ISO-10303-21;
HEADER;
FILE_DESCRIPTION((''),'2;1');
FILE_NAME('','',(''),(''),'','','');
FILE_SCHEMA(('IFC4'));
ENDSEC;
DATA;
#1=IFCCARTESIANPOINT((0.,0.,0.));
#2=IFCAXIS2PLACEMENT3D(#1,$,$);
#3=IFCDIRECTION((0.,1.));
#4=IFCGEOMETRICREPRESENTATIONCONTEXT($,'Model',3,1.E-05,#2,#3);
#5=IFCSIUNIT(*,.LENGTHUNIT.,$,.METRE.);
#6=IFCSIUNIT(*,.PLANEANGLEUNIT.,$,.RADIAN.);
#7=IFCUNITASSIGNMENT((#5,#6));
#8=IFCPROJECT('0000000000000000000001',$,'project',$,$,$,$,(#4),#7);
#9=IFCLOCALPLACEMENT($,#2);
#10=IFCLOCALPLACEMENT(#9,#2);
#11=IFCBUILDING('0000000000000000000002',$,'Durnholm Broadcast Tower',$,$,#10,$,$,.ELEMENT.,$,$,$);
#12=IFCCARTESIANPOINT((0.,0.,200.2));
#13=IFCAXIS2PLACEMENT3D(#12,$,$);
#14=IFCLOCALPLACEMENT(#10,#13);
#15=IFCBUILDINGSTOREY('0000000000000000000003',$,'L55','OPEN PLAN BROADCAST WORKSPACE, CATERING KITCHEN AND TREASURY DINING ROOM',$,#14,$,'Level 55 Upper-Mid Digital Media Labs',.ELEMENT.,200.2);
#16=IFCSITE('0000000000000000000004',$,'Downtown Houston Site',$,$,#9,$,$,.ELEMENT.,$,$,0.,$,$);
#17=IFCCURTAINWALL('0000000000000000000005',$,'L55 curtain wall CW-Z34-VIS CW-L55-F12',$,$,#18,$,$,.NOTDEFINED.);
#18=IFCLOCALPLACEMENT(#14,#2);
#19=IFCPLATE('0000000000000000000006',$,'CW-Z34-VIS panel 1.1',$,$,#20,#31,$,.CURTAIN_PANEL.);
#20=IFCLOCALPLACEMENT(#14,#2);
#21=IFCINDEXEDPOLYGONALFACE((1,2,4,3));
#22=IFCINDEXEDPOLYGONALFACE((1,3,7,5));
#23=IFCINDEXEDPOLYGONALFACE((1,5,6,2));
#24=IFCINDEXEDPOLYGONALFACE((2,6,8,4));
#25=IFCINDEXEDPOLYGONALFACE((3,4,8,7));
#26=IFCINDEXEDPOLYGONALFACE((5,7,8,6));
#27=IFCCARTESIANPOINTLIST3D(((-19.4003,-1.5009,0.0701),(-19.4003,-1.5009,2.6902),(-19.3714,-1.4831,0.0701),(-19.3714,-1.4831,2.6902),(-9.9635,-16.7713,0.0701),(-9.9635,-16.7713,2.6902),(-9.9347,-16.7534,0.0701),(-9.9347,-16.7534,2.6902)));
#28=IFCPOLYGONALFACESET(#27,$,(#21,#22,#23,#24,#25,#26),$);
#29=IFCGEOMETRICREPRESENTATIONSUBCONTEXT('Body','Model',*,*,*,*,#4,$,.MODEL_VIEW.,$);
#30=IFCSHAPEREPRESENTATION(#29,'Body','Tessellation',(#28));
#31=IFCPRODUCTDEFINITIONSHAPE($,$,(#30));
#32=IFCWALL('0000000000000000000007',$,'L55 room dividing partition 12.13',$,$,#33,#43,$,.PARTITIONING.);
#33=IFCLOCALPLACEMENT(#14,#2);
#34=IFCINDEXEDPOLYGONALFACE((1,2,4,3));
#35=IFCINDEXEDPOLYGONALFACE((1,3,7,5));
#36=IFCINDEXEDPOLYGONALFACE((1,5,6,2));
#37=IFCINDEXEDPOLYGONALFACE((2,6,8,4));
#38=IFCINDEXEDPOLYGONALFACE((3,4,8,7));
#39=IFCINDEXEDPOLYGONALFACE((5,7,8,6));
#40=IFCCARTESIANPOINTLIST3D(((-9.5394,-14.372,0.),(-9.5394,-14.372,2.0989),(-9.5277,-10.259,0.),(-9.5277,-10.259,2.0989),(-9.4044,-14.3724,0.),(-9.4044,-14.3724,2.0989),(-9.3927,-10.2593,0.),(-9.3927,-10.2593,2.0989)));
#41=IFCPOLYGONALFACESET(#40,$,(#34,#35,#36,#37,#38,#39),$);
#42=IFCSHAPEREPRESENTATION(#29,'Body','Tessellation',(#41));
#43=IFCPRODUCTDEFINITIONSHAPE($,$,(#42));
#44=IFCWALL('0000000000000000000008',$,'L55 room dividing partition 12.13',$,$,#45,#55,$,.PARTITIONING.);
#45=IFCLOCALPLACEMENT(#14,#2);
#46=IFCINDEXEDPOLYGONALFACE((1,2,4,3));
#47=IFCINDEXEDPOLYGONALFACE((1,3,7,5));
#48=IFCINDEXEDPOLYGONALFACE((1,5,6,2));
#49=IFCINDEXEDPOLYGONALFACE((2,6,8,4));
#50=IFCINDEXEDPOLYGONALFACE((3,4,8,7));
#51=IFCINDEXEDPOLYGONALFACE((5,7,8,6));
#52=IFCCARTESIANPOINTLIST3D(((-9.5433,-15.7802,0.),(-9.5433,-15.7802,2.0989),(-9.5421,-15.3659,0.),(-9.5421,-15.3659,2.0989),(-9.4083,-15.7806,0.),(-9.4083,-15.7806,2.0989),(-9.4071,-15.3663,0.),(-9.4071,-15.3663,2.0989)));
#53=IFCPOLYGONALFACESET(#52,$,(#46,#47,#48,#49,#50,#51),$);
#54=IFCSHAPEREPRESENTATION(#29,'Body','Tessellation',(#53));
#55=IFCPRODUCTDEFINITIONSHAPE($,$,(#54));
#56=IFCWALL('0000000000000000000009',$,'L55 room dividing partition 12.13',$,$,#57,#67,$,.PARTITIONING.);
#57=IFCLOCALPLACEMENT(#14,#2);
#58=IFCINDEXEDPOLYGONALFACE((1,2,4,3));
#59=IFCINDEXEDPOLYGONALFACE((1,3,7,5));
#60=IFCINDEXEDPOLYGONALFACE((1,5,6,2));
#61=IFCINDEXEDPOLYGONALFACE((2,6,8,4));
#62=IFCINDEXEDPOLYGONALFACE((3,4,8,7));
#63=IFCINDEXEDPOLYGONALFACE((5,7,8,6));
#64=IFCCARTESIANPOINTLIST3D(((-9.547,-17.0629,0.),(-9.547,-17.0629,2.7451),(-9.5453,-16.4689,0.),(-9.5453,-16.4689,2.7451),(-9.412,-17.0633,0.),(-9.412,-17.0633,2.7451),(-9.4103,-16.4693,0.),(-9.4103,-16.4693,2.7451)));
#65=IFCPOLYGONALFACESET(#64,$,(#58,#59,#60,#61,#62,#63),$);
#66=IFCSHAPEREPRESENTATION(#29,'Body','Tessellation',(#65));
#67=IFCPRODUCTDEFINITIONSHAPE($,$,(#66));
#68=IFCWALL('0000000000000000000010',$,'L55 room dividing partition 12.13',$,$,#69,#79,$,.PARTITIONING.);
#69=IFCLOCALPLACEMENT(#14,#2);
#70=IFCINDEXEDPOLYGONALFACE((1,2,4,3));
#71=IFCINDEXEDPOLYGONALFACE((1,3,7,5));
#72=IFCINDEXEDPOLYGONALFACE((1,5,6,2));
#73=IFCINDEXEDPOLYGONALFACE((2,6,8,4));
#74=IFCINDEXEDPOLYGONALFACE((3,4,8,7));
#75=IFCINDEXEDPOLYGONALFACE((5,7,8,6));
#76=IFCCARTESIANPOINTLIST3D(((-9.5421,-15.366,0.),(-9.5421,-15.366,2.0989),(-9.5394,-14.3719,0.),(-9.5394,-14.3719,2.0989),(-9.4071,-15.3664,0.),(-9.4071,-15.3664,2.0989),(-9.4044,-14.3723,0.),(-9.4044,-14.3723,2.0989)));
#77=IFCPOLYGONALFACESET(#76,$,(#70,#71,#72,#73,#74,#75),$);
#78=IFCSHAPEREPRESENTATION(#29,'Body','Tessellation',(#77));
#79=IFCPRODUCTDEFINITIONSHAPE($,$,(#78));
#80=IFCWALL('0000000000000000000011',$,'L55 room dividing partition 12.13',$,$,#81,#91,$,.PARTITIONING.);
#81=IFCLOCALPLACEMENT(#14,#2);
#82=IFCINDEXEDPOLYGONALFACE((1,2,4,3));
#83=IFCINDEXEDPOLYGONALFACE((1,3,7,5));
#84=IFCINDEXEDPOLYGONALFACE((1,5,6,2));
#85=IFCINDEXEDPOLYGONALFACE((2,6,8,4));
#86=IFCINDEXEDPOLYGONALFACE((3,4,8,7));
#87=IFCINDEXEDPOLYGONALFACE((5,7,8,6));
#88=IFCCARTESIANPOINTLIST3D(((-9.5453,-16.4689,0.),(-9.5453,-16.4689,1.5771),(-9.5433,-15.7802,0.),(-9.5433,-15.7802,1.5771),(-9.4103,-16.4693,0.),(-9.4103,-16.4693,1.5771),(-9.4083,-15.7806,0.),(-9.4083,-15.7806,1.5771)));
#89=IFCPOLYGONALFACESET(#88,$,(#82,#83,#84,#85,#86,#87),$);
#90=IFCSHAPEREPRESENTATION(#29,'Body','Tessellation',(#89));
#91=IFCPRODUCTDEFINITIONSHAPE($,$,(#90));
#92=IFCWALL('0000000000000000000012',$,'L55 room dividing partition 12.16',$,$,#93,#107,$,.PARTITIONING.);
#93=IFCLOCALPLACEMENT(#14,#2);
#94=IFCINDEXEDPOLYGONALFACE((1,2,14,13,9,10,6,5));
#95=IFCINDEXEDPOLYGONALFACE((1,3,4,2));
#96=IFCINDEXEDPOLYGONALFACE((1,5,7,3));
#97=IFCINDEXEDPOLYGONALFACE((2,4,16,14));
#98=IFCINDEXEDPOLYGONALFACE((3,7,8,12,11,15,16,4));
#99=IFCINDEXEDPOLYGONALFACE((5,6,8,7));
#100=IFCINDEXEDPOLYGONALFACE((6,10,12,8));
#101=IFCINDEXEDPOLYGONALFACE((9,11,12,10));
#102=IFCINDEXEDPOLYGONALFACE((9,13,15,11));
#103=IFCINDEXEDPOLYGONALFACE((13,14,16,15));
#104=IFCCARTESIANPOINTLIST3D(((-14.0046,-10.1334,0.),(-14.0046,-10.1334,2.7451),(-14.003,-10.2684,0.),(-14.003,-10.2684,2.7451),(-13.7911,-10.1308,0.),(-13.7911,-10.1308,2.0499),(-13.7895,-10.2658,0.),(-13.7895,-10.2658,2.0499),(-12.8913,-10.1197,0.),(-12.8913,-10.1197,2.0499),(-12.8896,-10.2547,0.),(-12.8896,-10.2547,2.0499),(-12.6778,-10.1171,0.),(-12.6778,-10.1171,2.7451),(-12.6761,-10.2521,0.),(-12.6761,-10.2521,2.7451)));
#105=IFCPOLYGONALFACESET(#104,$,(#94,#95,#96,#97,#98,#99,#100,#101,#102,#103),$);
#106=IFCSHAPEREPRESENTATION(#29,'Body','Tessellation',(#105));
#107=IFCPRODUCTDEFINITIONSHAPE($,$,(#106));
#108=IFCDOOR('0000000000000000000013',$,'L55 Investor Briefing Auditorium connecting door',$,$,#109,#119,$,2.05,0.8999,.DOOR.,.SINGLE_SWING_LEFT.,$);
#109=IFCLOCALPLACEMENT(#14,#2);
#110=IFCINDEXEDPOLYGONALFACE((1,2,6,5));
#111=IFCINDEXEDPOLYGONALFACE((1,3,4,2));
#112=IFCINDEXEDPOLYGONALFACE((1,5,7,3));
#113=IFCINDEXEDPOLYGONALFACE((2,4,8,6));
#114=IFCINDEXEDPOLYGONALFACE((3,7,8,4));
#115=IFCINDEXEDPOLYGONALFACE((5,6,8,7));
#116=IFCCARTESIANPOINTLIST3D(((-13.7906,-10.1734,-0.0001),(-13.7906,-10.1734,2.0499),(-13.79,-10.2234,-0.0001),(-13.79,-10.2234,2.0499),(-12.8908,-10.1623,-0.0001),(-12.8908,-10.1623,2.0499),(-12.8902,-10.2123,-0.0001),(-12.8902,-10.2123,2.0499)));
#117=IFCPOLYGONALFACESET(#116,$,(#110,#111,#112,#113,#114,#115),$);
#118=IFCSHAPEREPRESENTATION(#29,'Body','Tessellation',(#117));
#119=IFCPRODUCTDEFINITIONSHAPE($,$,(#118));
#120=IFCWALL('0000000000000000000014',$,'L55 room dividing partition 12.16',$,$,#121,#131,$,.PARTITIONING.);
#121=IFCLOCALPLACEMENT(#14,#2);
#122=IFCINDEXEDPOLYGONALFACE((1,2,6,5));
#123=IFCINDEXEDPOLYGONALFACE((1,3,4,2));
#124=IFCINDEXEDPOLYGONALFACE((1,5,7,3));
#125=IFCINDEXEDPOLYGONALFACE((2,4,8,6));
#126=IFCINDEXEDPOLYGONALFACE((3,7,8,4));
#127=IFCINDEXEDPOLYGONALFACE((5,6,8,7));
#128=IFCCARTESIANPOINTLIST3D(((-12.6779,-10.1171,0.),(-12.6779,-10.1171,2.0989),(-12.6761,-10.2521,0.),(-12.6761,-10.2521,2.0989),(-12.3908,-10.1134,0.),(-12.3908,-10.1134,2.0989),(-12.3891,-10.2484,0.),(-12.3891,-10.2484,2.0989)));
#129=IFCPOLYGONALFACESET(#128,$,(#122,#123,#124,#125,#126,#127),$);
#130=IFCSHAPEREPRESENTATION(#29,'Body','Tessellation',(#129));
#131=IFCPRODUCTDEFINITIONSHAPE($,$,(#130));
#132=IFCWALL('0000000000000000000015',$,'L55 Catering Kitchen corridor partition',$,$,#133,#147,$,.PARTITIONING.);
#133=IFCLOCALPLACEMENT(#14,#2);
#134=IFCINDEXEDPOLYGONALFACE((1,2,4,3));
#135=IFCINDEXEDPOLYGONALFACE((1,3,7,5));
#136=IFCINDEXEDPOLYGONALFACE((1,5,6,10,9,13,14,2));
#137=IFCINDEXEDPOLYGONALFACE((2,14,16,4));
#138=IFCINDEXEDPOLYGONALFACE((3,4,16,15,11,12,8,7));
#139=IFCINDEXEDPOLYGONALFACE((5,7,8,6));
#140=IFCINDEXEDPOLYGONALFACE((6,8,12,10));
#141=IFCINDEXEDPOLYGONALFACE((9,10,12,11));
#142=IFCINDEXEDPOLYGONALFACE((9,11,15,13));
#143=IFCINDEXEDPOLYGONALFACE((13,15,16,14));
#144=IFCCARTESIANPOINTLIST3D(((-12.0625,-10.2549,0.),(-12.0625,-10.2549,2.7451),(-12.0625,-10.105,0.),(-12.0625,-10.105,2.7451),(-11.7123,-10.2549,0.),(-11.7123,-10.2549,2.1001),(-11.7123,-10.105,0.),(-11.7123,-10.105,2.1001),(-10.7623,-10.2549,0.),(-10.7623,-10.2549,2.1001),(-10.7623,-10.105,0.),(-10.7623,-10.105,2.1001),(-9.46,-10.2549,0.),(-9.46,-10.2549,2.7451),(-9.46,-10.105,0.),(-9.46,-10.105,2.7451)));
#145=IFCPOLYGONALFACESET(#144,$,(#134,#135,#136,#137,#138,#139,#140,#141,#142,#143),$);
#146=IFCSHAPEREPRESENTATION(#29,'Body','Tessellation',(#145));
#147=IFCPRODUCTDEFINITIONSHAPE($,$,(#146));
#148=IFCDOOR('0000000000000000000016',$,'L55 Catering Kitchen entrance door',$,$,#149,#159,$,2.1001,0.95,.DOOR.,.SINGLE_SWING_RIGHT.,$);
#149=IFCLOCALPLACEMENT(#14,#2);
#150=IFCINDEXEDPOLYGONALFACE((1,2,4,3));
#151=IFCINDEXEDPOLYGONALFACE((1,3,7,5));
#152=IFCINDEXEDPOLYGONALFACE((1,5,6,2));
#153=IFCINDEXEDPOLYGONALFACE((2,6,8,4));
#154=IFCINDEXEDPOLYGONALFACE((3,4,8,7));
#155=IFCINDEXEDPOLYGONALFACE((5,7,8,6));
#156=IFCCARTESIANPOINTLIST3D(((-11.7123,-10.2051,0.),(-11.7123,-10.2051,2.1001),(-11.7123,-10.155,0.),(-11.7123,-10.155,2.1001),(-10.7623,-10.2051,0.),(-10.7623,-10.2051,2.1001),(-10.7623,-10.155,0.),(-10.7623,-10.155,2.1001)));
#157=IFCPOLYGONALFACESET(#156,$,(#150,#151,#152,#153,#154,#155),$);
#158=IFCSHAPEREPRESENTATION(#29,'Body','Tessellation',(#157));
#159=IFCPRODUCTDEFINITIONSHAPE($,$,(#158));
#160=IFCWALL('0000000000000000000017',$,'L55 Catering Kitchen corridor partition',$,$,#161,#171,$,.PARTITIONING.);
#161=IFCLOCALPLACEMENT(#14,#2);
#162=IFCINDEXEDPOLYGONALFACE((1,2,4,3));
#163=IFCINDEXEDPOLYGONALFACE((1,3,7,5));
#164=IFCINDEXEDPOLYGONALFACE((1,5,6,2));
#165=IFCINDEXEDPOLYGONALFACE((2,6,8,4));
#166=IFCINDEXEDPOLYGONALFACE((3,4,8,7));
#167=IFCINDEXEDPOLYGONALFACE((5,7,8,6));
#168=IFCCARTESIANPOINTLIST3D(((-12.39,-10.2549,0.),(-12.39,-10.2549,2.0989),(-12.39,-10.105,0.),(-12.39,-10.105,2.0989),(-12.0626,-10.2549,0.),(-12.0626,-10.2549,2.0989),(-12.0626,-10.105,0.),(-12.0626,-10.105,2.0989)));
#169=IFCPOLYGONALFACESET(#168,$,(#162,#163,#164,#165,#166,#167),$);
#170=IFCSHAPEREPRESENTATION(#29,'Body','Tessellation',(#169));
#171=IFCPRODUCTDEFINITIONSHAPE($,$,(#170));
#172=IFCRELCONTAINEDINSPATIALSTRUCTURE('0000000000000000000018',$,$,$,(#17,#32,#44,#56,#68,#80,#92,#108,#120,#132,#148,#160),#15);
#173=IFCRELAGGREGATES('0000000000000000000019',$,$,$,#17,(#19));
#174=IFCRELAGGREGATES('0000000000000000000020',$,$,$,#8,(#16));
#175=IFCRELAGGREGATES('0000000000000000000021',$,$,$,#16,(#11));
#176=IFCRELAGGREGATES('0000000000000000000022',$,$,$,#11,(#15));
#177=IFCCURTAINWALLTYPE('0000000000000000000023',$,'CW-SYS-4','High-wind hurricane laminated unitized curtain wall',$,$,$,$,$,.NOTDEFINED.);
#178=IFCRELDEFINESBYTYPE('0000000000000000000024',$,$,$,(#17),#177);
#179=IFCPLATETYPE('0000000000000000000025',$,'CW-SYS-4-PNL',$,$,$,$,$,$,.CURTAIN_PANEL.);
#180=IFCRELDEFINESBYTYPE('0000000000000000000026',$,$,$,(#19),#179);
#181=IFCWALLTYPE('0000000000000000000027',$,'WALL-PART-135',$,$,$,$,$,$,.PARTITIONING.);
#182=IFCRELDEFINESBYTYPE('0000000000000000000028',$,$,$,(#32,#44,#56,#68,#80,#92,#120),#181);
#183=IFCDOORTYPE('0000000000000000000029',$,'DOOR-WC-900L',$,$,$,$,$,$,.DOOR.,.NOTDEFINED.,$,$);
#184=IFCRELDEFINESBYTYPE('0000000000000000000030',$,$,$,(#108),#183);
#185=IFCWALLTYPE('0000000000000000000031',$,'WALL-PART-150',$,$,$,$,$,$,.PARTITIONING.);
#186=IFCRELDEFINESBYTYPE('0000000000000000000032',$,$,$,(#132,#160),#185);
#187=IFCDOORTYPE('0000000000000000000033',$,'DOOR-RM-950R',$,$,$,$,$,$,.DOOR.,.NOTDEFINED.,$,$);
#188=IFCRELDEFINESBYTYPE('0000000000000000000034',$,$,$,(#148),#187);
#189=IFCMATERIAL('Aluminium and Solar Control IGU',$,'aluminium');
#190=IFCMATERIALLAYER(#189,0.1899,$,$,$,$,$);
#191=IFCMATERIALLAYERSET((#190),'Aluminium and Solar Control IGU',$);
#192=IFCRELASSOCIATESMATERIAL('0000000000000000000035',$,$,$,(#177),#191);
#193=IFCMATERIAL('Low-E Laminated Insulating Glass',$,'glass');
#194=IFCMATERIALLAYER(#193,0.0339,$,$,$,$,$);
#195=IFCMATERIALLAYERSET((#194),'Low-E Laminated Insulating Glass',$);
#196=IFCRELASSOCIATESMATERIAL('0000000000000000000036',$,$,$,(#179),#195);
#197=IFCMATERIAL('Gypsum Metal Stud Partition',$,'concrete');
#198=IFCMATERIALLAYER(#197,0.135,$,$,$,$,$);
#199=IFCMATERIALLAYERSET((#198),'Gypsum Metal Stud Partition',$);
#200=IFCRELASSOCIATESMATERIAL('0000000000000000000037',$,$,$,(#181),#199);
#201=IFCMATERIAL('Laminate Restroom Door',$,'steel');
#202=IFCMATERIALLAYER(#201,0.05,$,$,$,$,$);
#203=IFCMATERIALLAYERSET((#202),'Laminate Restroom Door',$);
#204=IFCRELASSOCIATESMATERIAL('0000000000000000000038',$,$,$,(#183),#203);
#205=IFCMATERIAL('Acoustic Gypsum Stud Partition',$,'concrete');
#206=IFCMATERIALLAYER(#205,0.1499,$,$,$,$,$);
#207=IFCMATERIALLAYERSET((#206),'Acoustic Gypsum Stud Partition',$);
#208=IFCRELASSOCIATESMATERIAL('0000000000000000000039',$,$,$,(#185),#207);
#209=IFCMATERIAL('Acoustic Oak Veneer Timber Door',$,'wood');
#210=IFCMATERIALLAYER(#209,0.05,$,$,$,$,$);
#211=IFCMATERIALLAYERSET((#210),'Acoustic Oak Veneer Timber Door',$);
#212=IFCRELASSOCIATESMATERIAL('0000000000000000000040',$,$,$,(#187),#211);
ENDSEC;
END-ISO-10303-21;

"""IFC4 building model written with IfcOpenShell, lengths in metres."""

from ifc_helpers import new_model, si_unit, direction, frame, frame_2d, origin, origin_2d, place, context, subcontext, project, spatial, rectangle, extrude, source, transform, mapped, material, layer, layer_set, type_object, type_shapes, element, fill, aggregate, save


model = new_model("IFC4")

# Units and contexts
model_context = context("Model", 3, precision=1e-05, world=origin(), true_north=direction((0.0, 1.0)))
body_context = subcontext(model_context, "Body", "Model", "MODEL_VIEW")
ifc_project = project(units=[si_unit("LENGTHUNIT", "METRE"), si_unit("PLANEANGLEUNIT", "RADIAN")], contexts=[model_context])

# Site, building, storey
site_placement = place(None, origin())
site = spatial("IfcSite", under=ifc_project, at=site_placement, Name="Downtown Houston Site", CompositionType="ELEMENT", RefElevation=0.0)
building_placement = place(site_placement, origin())
building = spatial("IfcBuilding", under=site, at=building_placement, Name="Durnholm Broadcast Tower", CompositionType="ELEMENT")
storey_placement = place(building_placement, frame((0.0, 0.0, 200.2)))
storey = spatial("IfcBuildingStorey", under=building, at=storey_placement, Name="L55", Description="OPEN PLAN BROADCAST WORKSPACE, CATERING KITCHEN AND TREASURY DINING ROOM", LongName="Level 55 Upper-Mid Digital Media Labs", CompositionType="ELEMENT", Elevation=200.2)

# Shared definitions
ifc_material_1 = material(Name="Aluminium and Solar Control IGU", Category="aluminium")

# Curtain wall
ifc_layer_1 = layer(ifc_material_1, 0.1899)
ifc_layer_set_1 = layer_set([ifc_layer_1], Name="Aluminium and Solar Control IGU")
curtain_wall_type_1 = type_object("IfcCurtainWallType", Name="CW-SYS-4", Description="High-wind hurricane laminated unitized curtain wall", PredefinedType="NOTDEFINED", material=ifc_layer_set_1)
curtain_wall_1_placement = place(storey_placement, origin())
curtain_wall_1 = element("IfcCurtainWall", 1, at=curtain_wall_1_placement, inside=storey, type_object=curtain_wall_type_1, Name="L55 curtain wall CW-Z34-VIS CW-L55-F12", PredefinedType="NOTDEFINED")

# Plate
ifc_material_2 = material(Name="Low-E Laminated Insulating Glass", Category="glass")
ifc_layer_2 = layer(ifc_material_2, 0.0339)
ifc_layer_set_2 = layer_set([ifc_layer_2], Name="Low-E Laminated Insulating Glass")
plate_type_1 = type_object("IfcPlateType", Name="CW-SYS-4-PNL", PredefinedType="CURTAIN_PANEL", material=ifc_layer_set_2)
shared_shape_1 = source(origin(), body_context, "Body", "SweptSolid", [
    extrude(rectangle(XDim=17.9509, YDim=0.0339, at=origin_2d()), origin(), (0.0, 0.0, 1.0), 2.6201),
])
type_shapes(plate_type_1, [shared_shape_1])
plate_1_placement = place(storey_placement, frame((-14.6675, -9.1272, 0.0701), z_axis=(0.0, 0.0, 1.0), x_axis=(-0.525698, 0.850671, 0.0)))
plate_1 = element("IfcPlate", 2, at=plate_1_placement, type_object=plate_type_1, Name="CW-Z34-VIS panel 1.1", PredefinedType="CURTAIN_PANEL", context=body_context, shape_type="MappedRepresentation", body=[
    mapped(shared_shape_1, transform((0.0, 0.0, 0.0), x_axis=(1.0, 0.0, 0.0), y_axis=(0.0, 1.0, 0.0), z_axis=(0.0, 0.0, 1.0), scale=1.0)),
])
aggregate(curtain_wall_1, [plate_1])

# Walls
ifc_material_3 = material(Name="Gypsum Metal Stud Partition", Category="concrete")
ifc_layer_3 = layer(ifc_material_3, 0.135)
ifc_layer_set_3 = layer_set([ifc_layer_3], Name="Gypsum Metal Stud Partition")
wall_type_1 = type_object("IfcWallType", Name="WALL-PART-135", PredefinedType="PARTITIONING", material=ifc_layer_set_3)
wall_1_placement = place(storey_placement, frame((-9.4602, -10.259, 0.0), z_axis=(0.0, 0.0, 1.0), x_axis=(-0.002849, -0.999996, 0.0)))
element("IfcWall", 3, at=wall_1_placement, inside=storey, type_object=wall_type_1, Name="L55 room dividing partition 12.13", PredefinedType="PARTITIONING", context=body_context, shape_type="SweptSolid", body=[
    extrude(rectangle(XDim=4.113, YDim=0.135, at=frame_2d((2.0566, 0.0))), origin(), (0.0, 0.0, 1.0), 2.0989),
])
wall_2_placement = place(storey_placement, frame((-9.4746, -15.3662, 0.0), z_axis=(0.0, 0.0, 1.0), x_axis=(-0.002946, -0.999996, 0.0)))
element("IfcWall", 4, at=wall_2_placement, inside=storey, type_object=wall_type_1, Name="L55 room dividing partition 12.13", PredefinedType="PARTITIONING", context=body_context, shape_type="SweptSolid", body=[
    extrude(rectangle(XDim=0.4143, YDim=0.135, at=frame_2d((0.207, 0.0))), origin(), (0.0, 0.0, 1.0), 2.0989),
])
wall_3_placement = place(storey_placement, frame((-9.4778, -16.4692, 0.0), z_axis=(0.0, 0.0, 1.0), x_axis=(-0.002877, -0.999996, 0.0)))
element("IfcWall", 5, at=wall_3_placement, inside=storey, type_object=wall_type_1, Name="L55 room dividing partition 12.13", PredefinedType="PARTITIONING", context=body_context, shape_type="SweptSolid", body=[
    extrude(rectangle(XDim=0.594, YDim=0.135, at=frame_2d((0.2969, 0.0))), origin(), (0.0, 0.0, 1.0), 2.7451),
])
wall_4_placement = place(storey_placement, frame((-9.4719, -14.3721, 0.0), z_axis=(0.0, 0.0, 1.0), x_axis=(-0.002701, -0.999996, 0.0)))
element("IfcWall", 6, at=wall_4_placement, inside=storey, type_object=wall_type_1, Name="L55 room dividing partition 12.13", PredefinedType="PARTITIONING", context=body_context, shape_type="SweptSolid", body=[
    extrude(rectangle(XDim=0.9941, YDim=0.135, at=frame_2d((0.4971, 0.0))), origin(), (0.0, 0.0, 1.0), 2.0989),
])
wall_5_placement = place(storey_placement, frame((-9.4758, -15.7805, 0.0), z_axis=(0.0, 0.0, 1.0), x_axis=(-0.002836, -0.999996, 0.0)))
element("IfcWall", 7, at=wall_5_placement, inside=storey, type_object=wall_type_1, Name="L55 room dividing partition 12.13", PredefinedType="PARTITIONING", context=body_context, shape_type="SweptSolid", body=[
    extrude(rectangle(XDim=0.6887, YDim=0.135, at=frame_2d((0.3442, 0.0))), origin(), (0.0, 0.0, 1.0), 1.5771),
])

# Wall, opening, door
wall_6_placement = place(storey_placement, frame((-14.0039, -10.2009, 0.0), z_axis=(0.0, 0.0, 1.0), x_axis=(0.999924, 0.012327, 0.0)))
wall_6 = element("IfcWall", 8, at=wall_6_placement, inside=storey, type_object=wall_type_1, Name="L55 room dividing partition 12.16", PredefinedType="PARTITIONING", context=body_context, shape_type="SweptSolid", body=[
    extrude(rectangle(XDim=1.3269, YDim=0.135, at=frame_2d((0.6636, 0.0))), origin(), (0.0, 0.0, 1.0), 2.7451),
])
opening_1_placement = place(wall_6_placement, frame((0.2136, 0.0, 0.0)))
opening_1 = element("IfcOpeningElement", 9, at=opening_1_placement, cuts=wall_6, PredefinedType="OPENING", context=body_context, shape_type="SweptSolid", body=[
    extrude(rectangle(XDim=0.8999, YDim=2.05, at=frame_2d((0.45, 1.0249))), frame((0.0, 0.0776, 0.0), z_axis=(0.0, -1.0, 0.0), x_axis=(1.0, 0.0, 0.0)), (0.0, 0.0, 1.0), 0.155),
])
ifc_material_4 = material(Name="Laminate Restroom Door", Category="steel")
ifc_layer_4 = layer(ifc_material_4, 0.05)
ifc_layer_set_4 = layer_set([ifc_layer_4], Name="Laminate Restroom Door")
door_type_1 = type_object("IfcDoorType", Name="DOOR-WC-900L", OperationType="NOTDEFINED", PredefinedType="DOOR", material=ifc_layer_set_4)
shared_shape_2 = source(origin(), body_context, "Body", "SweptSolid", [
    extrude(rectangle(XDim=0.8999, YDim=2.05, at=frame_2d((0.45, 1.0249))), frame((0.0, 0.0249, 0.0), z_axis=(0.0, -1.0, 0.0), x_axis=(1.0, 0.0, 0.0)), (0.0, 0.0, 1.0), 0.05),
])
type_shapes(door_type_1, [shared_shape_2])
door_1_placement = place(opening_1_placement, origin())
door_1 = element("IfcDoor", 10, at=door_1_placement, inside=storey, type_object=door_type_1, Name="L55 Investor Briefing Auditorium connecting door", OperationType="SINGLE_SWING_LEFT", OverallHeight=2.05, OverallWidth=0.8999, PredefinedType="DOOR", context=body_context, shape_type="MappedRepresentation", body=[
    mapped(shared_shape_2, transform((0.0, 0.0, 0.0), x_axis=(1.0, 0.0, 0.0), y_axis=(0.0, 1.0, 0.0), z_axis=(0.0, 0.0, 1.0), scale=1.0)),
])
fill(opening_1, door_1)

# Wall
wall_7_placement = place(storey_placement, frame((-12.677, -10.1846, 0.0), z_axis=(0.0, 0.0, 1.0), x_axis=(0.999919, 0.012754, 0.0)))
element("IfcWall", 11, at=wall_7_placement, inside=storey, type_object=wall_type_1, Name="L55 room dividing partition 12.16", PredefinedType="PARTITIONING", context=body_context, shape_type="SweptSolid", body=[
    extrude(rectangle(XDim=0.2871, YDim=0.135, at=frame_2d((0.1436, 0.0))), origin(), (0.0, 0.0, 1.0), 2.0989),
])

# Wall, opening, door
ifc_material_5 = material(Name="Acoustic Gypsum Stud Partition", Category="concrete")
ifc_layer_5 = layer(ifc_material_5, 0.1499)
ifc_layer_set_5 = layer_set([ifc_layer_5], Name="Acoustic Gypsum Stud Partition")
wall_type_2 = type_object("IfcWallType", Name="WALL-PART-150", PredefinedType="PARTITIONING", material=ifc_layer_set_5)
wall_8_placement = place(storey_placement, frame((-12.0625, -10.1799, 0.0), z_axis=(0.0, 0.0, 1.0), x_axis=(1.0, 0.0, 0.0)))
wall_8 = element("IfcWall", 12, at=wall_8_placement, inside=storey, type_object=wall_type_2, Name="L55 Catering Kitchen corridor partition", PredefinedType="PARTITIONING", context=body_context, shape_type="SweptSolid", body=[
    extrude(rectangle(XDim=2.6025, YDim=0.1499, at=frame_2d((1.3013, 0.0))), origin(), (0.0, 0.0, 1.0), 2.7451),
])
opening_2_placement = place(wall_8_placement, frame((0.3501, 0.0, 0.0)))
opening_2 = element("IfcOpeningElement", 13, at=opening_2_placement, cuts=wall_8, PredefinedType="OPENING", context=body_context, shape_type="SweptSolid", body=[
    extrude(rectangle(XDim=0.95, YDim=2.1001, at=frame_2d((0.4751, 1.05))), frame((0.0, 0.085, 0.0), z_axis=(0.0, -1.0, 0.0), x_axis=(1.0, 0.0, 0.0)), (0.0, 0.0, 1.0), 0.1699),
])
ifc_material_6 = material(Name="Acoustic Oak Veneer Timber Door", Category="wood")
ifc_layer_6 = layer(ifc_material_6, 0.05)
ifc_layer_set_6 = layer_set([ifc_layer_6], Name="Acoustic Oak Veneer Timber Door")
door_type_2 = type_object("IfcDoorType", Name="DOOR-RM-950R", OperationType="NOTDEFINED", PredefinedType="DOOR", material=ifc_layer_set_6)
shared_shape_3 = source(origin(), body_context, "Body", "SweptSolid", [
    extrude(rectangle(XDim=0.95, YDim=2.1001, at=frame_2d((0.4751, 1.05))), frame((0.0, 0.0249, 0.0), z_axis=(0.0, -1.0, 0.0), x_axis=(1.0, 0.0, 0.0)), (0.0, 0.0, 1.0), 0.05),
])
type_shapes(door_type_2, [shared_shape_3])
door_2_placement = place(opening_2_placement, origin())
door_2 = element("IfcDoor", 14, at=door_2_placement, inside=storey, type_object=door_type_2, Name="L55 Catering Kitchen entrance door", OperationType="SINGLE_SWING_RIGHT", OverallHeight=2.1001, OverallWidth=0.95, PredefinedType="DOOR", context=body_context, shape_type="MappedRepresentation", body=[
    mapped(shared_shape_3, transform((0.0, 0.0, 0.0), x_axis=(1.0, 0.0, 0.0), y_axis=(0.0, 1.0, 0.0), z_axis=(0.0, 0.0, 1.0), scale=1.0)),
])
fill(opening_2, door_2)

# Wall
wall_9_placement = place(storey_placement, frame((-12.3899, -10.1799, 0.0), z_axis=(0.0, 0.0, 1.0), x_axis=(1.0, 0.0, 0.0)))
element("IfcWall", 15, at=wall_9_placement, inside=storey, type_object=wall_type_2, Name="L55 Catering Kitchen corridor partition", PredefinedType="PARTITIONING", context=body_context, shape_type="SweptSolid", body=[
    extrude(rectangle(XDim=0.3274, YDim=0.1499, at=frame_2d((0.1636, 0.0))), origin(), (0.0, 0.0, 1.0), 2.0989),
])

save(model, "model.ifc")
